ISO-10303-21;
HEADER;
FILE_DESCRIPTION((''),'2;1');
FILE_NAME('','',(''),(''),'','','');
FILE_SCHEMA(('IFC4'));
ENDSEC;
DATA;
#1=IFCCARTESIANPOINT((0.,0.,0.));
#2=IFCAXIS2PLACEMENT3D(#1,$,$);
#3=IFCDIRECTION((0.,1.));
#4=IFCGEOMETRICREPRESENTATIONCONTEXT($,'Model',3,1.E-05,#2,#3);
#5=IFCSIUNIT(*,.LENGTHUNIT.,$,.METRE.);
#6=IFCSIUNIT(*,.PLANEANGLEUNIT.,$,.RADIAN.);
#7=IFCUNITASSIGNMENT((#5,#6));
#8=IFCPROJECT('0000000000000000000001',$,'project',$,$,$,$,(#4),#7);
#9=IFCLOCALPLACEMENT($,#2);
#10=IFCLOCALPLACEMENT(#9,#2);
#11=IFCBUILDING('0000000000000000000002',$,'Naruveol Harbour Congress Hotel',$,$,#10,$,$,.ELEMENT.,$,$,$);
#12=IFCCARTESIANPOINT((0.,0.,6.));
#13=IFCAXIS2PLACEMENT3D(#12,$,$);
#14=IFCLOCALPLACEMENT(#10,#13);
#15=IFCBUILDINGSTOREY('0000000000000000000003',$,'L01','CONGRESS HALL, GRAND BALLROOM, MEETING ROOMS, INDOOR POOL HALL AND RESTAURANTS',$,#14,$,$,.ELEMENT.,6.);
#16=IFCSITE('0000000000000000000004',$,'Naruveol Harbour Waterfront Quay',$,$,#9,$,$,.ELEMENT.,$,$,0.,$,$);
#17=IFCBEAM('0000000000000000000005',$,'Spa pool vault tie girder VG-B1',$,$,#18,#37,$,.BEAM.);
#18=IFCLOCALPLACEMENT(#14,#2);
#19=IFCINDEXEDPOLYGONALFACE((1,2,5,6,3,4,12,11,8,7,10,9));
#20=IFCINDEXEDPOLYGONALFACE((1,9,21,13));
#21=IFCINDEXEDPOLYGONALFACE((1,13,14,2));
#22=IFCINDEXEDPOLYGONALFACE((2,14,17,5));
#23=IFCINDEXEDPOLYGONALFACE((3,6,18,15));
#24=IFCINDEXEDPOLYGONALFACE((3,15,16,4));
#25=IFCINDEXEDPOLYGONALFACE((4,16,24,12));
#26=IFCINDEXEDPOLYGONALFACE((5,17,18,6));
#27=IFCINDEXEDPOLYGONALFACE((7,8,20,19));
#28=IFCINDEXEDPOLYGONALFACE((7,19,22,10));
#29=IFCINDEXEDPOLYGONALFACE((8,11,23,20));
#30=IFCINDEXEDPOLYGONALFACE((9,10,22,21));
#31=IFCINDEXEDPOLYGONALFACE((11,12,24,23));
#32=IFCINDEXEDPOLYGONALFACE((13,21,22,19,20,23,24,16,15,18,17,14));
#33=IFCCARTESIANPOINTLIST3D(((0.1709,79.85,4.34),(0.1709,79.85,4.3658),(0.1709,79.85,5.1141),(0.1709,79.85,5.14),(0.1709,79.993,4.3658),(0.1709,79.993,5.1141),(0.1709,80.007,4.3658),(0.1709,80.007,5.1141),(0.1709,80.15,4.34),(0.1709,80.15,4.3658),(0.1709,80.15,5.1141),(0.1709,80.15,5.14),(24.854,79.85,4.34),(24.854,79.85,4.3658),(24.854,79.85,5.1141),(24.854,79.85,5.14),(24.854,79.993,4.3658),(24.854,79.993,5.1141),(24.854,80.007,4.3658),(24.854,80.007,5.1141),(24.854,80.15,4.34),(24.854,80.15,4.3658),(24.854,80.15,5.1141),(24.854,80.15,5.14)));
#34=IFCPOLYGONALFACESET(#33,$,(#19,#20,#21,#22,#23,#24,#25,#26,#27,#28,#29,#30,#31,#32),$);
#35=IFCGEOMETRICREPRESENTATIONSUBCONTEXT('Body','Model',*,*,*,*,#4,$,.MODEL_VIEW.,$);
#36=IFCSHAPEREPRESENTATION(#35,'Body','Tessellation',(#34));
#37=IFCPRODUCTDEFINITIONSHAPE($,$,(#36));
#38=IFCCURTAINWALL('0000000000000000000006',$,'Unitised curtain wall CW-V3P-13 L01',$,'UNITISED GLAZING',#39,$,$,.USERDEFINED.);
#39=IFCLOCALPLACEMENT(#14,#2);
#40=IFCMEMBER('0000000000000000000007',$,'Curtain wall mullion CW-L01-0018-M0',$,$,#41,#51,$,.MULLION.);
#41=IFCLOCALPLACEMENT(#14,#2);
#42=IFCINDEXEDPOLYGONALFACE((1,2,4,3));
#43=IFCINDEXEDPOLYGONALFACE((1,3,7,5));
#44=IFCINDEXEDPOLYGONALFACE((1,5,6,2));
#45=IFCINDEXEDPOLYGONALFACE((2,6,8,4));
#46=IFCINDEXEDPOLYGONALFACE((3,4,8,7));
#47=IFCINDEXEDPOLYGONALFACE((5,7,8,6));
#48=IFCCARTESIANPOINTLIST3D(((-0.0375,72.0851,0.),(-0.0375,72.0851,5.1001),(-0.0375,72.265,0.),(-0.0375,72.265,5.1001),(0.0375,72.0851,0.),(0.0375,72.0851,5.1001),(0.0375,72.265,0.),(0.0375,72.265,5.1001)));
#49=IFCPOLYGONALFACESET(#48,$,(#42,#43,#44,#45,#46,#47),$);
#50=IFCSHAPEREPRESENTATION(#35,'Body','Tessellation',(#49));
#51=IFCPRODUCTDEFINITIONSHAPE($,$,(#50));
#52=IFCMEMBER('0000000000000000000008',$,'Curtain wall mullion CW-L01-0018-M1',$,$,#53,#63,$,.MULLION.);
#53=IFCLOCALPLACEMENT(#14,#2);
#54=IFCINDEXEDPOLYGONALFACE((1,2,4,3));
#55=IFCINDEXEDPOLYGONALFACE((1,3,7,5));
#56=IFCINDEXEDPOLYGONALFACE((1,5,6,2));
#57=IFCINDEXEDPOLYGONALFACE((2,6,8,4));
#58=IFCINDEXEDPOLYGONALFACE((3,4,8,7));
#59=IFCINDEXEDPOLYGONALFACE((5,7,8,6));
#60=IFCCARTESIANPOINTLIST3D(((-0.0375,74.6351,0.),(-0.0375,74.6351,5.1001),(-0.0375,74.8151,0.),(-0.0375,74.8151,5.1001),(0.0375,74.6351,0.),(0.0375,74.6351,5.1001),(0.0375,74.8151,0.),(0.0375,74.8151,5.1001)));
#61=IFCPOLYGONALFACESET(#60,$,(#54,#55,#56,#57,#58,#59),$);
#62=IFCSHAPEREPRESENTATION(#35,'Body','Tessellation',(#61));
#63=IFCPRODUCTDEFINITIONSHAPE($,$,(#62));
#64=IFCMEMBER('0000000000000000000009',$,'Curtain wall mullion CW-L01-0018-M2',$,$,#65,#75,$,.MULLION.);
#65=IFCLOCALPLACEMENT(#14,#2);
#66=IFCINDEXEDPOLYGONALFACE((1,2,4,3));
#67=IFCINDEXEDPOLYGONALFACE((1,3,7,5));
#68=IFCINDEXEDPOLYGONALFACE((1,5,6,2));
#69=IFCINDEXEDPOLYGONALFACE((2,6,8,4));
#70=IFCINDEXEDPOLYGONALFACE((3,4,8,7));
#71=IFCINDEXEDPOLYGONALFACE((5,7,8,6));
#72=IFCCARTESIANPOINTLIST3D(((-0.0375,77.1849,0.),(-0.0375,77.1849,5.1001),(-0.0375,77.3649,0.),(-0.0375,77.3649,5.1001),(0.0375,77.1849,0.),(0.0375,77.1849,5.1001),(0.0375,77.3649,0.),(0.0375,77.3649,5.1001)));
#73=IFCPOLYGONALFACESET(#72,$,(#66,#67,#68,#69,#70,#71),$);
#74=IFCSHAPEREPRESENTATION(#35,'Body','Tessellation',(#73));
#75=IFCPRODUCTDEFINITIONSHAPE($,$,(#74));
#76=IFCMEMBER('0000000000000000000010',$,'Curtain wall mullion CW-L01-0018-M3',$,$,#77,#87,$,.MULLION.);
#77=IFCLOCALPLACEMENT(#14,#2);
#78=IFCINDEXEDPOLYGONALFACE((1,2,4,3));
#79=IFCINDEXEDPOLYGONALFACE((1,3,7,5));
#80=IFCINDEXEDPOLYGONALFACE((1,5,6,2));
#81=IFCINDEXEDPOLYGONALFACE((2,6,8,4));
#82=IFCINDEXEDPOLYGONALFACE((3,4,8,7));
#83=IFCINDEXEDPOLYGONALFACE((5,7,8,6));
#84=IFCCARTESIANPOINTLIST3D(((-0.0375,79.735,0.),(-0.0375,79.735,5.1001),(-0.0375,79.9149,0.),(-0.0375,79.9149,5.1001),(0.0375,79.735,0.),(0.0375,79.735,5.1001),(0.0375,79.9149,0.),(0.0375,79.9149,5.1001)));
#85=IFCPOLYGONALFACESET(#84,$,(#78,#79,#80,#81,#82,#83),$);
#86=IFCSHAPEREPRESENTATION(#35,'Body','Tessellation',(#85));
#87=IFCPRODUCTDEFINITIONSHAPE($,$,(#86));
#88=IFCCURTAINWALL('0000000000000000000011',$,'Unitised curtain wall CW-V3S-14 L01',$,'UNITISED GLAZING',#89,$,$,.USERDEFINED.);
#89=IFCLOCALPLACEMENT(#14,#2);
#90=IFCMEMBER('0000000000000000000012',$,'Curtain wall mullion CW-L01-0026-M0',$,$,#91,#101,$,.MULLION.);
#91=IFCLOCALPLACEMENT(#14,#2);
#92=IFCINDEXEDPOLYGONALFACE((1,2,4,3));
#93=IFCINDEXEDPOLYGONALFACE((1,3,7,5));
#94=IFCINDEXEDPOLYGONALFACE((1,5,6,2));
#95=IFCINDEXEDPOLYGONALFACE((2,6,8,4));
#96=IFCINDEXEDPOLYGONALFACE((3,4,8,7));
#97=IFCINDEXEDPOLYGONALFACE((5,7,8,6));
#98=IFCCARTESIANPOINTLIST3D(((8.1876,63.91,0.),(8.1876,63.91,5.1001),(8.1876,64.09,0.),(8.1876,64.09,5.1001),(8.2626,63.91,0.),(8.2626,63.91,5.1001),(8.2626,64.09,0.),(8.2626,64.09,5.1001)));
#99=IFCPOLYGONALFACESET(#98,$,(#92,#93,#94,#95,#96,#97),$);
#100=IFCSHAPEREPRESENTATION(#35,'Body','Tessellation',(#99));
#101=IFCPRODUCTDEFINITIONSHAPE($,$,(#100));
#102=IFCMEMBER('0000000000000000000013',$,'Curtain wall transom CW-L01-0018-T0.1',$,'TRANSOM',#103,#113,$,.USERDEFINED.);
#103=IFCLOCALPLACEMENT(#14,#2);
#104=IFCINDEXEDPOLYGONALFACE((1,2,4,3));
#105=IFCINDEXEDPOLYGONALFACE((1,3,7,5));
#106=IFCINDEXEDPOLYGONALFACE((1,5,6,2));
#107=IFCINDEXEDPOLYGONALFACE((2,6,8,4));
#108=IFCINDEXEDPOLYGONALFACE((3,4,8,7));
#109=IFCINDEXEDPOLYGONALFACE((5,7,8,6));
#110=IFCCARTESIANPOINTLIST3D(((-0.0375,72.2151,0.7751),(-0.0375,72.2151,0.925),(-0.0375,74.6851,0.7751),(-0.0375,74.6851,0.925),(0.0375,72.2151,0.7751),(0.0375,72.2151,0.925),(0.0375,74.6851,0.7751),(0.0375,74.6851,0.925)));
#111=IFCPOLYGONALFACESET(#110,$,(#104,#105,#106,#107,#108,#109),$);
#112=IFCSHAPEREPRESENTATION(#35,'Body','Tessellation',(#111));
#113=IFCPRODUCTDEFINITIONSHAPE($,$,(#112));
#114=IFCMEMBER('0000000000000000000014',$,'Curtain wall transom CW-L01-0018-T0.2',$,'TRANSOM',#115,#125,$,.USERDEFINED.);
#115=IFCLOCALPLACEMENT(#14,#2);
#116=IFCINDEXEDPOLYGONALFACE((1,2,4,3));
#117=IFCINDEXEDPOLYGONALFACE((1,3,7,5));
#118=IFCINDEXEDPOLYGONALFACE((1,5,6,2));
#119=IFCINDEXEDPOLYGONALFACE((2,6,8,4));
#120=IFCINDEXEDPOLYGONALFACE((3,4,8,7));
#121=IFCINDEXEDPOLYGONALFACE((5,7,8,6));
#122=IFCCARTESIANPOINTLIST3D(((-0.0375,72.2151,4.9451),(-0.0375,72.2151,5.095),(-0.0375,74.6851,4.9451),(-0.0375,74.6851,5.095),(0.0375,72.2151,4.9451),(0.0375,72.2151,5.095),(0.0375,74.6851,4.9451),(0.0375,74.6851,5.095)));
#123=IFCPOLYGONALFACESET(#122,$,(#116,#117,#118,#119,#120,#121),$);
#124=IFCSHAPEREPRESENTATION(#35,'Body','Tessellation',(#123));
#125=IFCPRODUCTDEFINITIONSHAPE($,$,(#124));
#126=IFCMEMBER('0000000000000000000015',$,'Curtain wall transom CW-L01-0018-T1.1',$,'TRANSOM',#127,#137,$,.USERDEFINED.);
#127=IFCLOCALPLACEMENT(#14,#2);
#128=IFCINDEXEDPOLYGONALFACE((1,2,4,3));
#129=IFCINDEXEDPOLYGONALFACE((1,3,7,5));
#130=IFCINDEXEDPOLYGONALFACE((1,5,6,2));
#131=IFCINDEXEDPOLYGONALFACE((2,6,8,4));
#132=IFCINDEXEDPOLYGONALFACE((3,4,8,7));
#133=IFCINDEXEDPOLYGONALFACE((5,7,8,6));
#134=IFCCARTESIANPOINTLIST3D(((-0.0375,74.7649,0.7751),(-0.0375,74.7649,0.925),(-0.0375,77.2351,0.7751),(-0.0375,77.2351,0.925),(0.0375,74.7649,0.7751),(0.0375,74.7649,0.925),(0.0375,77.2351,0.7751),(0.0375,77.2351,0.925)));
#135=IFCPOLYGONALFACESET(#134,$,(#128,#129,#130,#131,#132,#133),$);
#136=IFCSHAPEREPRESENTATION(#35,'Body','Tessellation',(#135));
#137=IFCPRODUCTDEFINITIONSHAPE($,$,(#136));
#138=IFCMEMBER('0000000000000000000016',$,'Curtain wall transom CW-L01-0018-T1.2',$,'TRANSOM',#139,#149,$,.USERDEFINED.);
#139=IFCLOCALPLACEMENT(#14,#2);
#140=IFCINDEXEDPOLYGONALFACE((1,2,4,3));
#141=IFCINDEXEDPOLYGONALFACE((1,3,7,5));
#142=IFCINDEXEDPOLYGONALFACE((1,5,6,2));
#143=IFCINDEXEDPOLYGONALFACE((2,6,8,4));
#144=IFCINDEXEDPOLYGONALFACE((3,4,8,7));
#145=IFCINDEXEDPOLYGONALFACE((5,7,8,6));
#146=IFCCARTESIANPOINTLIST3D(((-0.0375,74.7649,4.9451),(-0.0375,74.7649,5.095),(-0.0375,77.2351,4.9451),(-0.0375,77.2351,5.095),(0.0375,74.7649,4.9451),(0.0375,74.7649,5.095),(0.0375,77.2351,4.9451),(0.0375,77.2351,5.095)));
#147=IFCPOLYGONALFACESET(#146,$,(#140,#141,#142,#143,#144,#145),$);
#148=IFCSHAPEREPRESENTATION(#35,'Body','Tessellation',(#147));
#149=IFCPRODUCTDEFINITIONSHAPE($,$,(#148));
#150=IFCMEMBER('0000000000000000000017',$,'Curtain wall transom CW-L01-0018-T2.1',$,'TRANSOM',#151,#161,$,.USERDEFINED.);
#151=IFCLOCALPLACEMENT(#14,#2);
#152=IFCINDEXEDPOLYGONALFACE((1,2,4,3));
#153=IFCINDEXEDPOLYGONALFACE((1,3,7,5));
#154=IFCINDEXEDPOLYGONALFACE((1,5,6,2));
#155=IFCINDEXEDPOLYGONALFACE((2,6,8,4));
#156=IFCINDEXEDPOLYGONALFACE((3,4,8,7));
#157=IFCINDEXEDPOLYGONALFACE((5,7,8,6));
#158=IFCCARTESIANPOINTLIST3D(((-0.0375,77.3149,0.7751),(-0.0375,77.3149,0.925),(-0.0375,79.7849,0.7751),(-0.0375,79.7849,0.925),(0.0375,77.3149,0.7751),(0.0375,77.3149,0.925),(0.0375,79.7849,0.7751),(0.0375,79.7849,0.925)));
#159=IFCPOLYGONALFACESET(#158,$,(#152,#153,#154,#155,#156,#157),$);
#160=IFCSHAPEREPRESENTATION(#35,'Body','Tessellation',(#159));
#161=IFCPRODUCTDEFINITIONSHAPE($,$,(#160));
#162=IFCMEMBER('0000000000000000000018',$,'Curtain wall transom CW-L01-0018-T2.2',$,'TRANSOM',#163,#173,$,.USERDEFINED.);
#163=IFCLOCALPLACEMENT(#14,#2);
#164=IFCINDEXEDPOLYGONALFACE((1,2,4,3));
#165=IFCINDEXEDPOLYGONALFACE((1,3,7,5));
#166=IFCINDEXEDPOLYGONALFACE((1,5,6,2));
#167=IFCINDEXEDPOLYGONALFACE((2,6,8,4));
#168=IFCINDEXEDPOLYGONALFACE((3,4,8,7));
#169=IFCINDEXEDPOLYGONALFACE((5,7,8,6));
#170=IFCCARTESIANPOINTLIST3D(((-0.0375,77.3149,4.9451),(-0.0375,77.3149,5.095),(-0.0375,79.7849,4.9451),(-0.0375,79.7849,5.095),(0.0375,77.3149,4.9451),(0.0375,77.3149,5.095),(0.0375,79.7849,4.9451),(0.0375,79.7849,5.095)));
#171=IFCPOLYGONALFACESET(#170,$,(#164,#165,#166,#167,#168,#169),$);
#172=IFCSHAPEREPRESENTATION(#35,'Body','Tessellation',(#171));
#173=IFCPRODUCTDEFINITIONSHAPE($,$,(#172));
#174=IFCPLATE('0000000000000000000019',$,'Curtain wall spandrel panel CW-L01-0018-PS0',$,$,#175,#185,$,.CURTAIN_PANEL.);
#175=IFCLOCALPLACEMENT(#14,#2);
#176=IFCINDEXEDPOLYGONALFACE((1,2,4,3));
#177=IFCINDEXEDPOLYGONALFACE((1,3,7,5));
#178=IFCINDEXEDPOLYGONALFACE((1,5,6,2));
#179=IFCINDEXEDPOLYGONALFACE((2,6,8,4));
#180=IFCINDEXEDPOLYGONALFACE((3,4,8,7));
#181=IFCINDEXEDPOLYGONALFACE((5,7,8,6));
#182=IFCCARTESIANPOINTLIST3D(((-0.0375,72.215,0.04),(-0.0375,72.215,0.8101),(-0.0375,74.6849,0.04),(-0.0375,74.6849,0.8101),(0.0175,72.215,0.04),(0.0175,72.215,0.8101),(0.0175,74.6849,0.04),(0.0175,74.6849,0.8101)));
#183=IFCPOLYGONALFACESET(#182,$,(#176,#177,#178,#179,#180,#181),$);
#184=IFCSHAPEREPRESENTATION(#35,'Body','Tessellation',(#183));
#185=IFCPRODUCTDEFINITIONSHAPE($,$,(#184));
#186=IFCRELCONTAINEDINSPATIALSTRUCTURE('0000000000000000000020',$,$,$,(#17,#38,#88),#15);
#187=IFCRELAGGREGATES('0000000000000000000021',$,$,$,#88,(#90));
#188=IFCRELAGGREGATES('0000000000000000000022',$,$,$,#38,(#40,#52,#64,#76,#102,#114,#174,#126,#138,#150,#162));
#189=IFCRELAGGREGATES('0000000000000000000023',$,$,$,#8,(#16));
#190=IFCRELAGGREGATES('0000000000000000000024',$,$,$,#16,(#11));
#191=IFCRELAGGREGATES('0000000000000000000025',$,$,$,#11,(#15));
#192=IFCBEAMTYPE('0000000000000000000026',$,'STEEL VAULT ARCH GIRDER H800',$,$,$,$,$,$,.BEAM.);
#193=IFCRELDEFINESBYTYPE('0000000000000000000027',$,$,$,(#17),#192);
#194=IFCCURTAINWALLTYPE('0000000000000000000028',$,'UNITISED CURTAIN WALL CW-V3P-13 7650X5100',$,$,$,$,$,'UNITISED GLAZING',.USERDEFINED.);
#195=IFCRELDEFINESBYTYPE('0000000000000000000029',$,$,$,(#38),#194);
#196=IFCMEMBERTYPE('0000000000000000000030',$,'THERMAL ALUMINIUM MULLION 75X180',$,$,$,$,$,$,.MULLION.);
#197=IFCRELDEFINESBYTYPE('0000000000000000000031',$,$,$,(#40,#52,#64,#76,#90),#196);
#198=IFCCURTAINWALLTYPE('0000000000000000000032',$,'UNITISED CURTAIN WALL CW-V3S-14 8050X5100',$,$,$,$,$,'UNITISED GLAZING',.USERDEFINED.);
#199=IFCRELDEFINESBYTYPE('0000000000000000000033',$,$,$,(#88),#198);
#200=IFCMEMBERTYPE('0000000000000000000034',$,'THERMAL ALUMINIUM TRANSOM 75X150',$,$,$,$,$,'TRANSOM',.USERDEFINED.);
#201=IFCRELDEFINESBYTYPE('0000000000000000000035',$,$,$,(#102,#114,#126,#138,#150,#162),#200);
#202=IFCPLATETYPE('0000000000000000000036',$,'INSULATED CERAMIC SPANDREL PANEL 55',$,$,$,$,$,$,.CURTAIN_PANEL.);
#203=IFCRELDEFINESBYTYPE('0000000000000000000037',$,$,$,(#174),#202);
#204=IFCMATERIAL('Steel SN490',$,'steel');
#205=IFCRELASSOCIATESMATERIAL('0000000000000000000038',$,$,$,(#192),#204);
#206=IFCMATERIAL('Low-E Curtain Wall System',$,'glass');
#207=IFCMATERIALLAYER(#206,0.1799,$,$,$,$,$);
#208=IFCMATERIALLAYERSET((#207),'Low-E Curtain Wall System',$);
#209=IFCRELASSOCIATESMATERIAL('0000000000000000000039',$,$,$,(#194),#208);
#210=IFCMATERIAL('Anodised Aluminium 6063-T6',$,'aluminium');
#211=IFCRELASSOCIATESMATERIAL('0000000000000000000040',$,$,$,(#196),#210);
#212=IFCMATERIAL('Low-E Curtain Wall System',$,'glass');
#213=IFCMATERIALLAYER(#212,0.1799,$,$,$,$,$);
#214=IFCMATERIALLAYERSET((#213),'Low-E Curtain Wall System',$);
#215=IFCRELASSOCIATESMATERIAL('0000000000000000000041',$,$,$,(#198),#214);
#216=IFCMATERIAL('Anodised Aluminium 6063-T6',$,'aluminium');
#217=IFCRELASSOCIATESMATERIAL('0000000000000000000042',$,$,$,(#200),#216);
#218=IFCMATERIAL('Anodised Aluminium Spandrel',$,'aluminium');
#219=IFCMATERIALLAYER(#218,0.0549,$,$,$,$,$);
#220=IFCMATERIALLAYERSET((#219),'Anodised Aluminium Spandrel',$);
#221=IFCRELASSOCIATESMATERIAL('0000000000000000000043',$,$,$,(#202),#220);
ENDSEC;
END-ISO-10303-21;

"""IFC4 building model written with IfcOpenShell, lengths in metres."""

from ifc_helpers import new_model, si_unit, direction, frame, origin, origin_2d, place, context, subcontext, project, spatial, rectangle, i_section, extrude, material, layer, layer_set, material_profile, profile_set, type_object, element, aggregate, save


model = new_model("IFC4")

# Units and contexts
model_context = context("Model", 3, precision=1e-05, world=origin(), true_north=direction((0.0, 1.0)))
body_context = subcontext(model_context, "Body", "Model", "MODEL_VIEW")
ifc_project = project(units=[si_unit("LENGTHUNIT", "METRE"), si_unit("PLANEANGLEUNIT", "RADIAN")], contexts=[model_context])

# Site, building, storey
site_placement = place(None, origin())
site = spatial("IfcSite", under=ifc_project, at=site_placement, Name="Naruveol Harbour Waterfront Quay", CompositionType="ELEMENT", RefElevation=0.0)
building_placement = place(site_placement, origin())
building = spatial("IfcBuilding", under=site, at=building_placement, Name="Naruveol Harbour Congress Hotel", CompositionType="ELEMENT")
storey_placement = place(building_placement, frame((0.0, 0.0, 6.0)))
storey = spatial("IfcBuildingStorey", under=building, at=storey_placement, Name="L01", Description="CONGRESS HALL, GRAND BALLROOM, MEETING ROOMS, INDOOR POOL HALL AND RESTAURANTS", CompositionType="ELEMENT", Elevation=6.0)

# Beam
ifc_material_1 = material(Name="Steel SN490", Category="steel")
ifc_material_profile_1 = material_profile(ifc_material_1, i_section(OverallWidth=0.3, OverallDepth=0.8, WebThickness=0.0139, FlangeThickness=0.0259, at=origin_2d()), Name="H-800x300x14x26")
ifc_profile_set_1 = profile_set([ifc_material_profile_1], Name="Steel SN490")
beam_type_1 = type_object("IfcBeamType", Name="STEEL VAULT ARCH GIRDER H800", PredefinedType="BEAM", material=ifc_profile_set_1)
for number, where, z_axis, x_axis, name in (
    (1, (0.1709, 80.0, 4.74), (1.0, 0.0, 0.0), (0.0, 1.0, 0.0), "Spa pool vault tie girder VG-B1"),
):
    element("IfcBeam", number, at=place(storey_placement, frame(where, z_axis=z_axis, x_axis=x_axis)), inside=storey, type_object=beam_type_1, Name=name, PredefinedType="BEAM", context=body_context, shape_type="SweptSolid", body=[
        extrude(i_section(OverallWidth=0.3, OverallDepth=0.8, WebThickness=0.0139, FlangeThickness=0.0259, at=origin_2d()), origin(), (0.0, 0.0, 1.0), 24.6831),
    ])

# Curtain wall, members
ifc_material_2 = material(Name="Low-E Curtain Wall System", Category="glass")
ifc_layer_1 = layer(ifc_material_2, 0.1799)
ifc_layer_set_1 = layer_set([ifc_layer_1], Name="Low-E Curtain Wall System")
curtain_wall_type_1 = type_object("IfcCurtainWallType", Name="UNITISED CURTAIN WALL CW-V3P-13 7650X5100", ElementType="UNITISED GLAZING", PredefinedType="USERDEFINED", material=ifc_layer_set_1)
curtain_wall_1_placement = place(storey_placement, origin())
curtain_wall_1 = element("IfcCurtainWall", 2, at=curtain_wall_1_placement, inside=storey, type_object=curtain_wall_type_1, Name="Unitised curtain wall CW-V3P-13 L01", ObjectType="UNITISED GLAZING", PredefinedType="USERDEFINED")
ifc_material_3 = material(Name="Anodised Aluminium 6063-T6", Category="aluminium")
ifc_material_profile_2 = material_profile(ifc_material_3, rectangle(XDim=0.075, YDim=0.1799, at=origin_2d()), Name="ALU-75x180")
ifc_profile_set_2 = profile_set([ifc_material_profile_2], Name="Anodised Aluminium 6063-T6")
member_type_1 = type_object("IfcMemberType", Name="THERMAL ALUMINIUM MULLION 75X180", PredefinedType="MULLION", material=ifc_profile_set_2)
member_1_placement = place(storey_placement, frame((0.0, 72.175, 0.0), z_axis=(0.0, 0.0, 1.0), x_axis=(1.0, 0.0, 0.0)))
member_1 = element("IfcMember", 3, at=member_1_placement, type_object=member_type_1, Name="Curtain wall mullion CW-L01-0018-M0", PredefinedType="MULLION", context=body_context, shape_type="SweptSolid", body=[
    extrude(rectangle(XDim=0.075, YDim=0.1799, at=origin_2d()), origin(), (0.0, 0.0, 1.0), 5.1001),
])
member_2_placement = place(storey_placement, frame((0.0, 74.7251, 0.0), z_axis=(0.0, 0.0, 1.0), x_axis=(1.0, 0.0, 0.0)))
member_2 = element("IfcMember", 4, at=member_2_placement, type_object=member_type_1, Name="Curtain wall mullion CW-L01-0018-M1", PredefinedType="MULLION", context=body_context, shape_type="SweptSolid", body=[
    extrude(rectangle(XDim=0.075, YDim=0.1799, at=origin_2d()), origin(), (0.0, 0.0, 1.0), 5.1001),
])
member_3_placement = place(storey_placement, frame((0.0, 77.2749, 0.0), z_axis=(0.0, 0.0, 1.0), x_axis=(1.0, 0.0, 0.0)))
member_3 = element("IfcMember", 5, at=member_3_placement, type_object=member_type_1, Name="Curtain wall mullion CW-L01-0018-M2", PredefinedType="MULLION", context=body_context, shape_type="SweptSolid", body=[
    extrude(rectangle(XDim=0.075, YDim=0.1799, at=origin_2d()), origin(), (0.0, 0.0, 1.0), 5.1001),
])
member_4_placement = place(storey_placement, frame((0.0, 79.825, 0.0), z_axis=(0.0, 0.0, 1.0), x_axis=(1.0, 0.0, 0.0)))
member_4 = element("IfcMember", 6, at=member_4_placement, type_object=member_type_1, Name="Curtain wall mullion CW-L01-0018-M3", PredefinedType="MULLION", context=body_context, shape_type="SweptSolid", body=[
    extrude(rectangle(XDim=0.075, YDim=0.1799, at=origin_2d()), origin(), (0.0, 0.0, 1.0), 5.1001),
])

# Curtain wall, member
ifc_material_4 = material(Name="Low-E Curtain Wall System", Category="glass")
ifc_layer_2 = layer(ifc_material_4, 0.1799)
ifc_layer_set_2 = layer_set([ifc_layer_2], Name="Low-E Curtain Wall System")
curtain_wall_type_2 = type_object("IfcCurtainWallType", Name="UNITISED CURTAIN WALL CW-V3S-14 8050X5100", ElementType="UNITISED GLAZING", PredefinedType="USERDEFINED", material=ifc_layer_set_2)
curtain_wall_2_placement = place(storey_placement, origin())
curtain_wall_2 = element("IfcCurtainWall", 7, at=curtain_wall_2_placement, inside=storey, type_object=curtain_wall_type_2, Name="Unitised curtain wall CW-V3S-14 L01", ObjectType="UNITISED GLAZING", PredefinedType="USERDEFINED")
member_5_placement = place(storey_placement, frame((8.2251, 64.0, 0.0), z_axis=(0.0, 0.0, 1.0), x_axis=(1.0, 0.0, 0.0)))
member_5 = element("IfcMember", 8, at=member_5_placement, type_object=member_type_1, Name="Curtain wall mullion CW-L01-0026-M0", PredefinedType="MULLION", context=body_context, shape_type="SweptSolid", body=[
    extrude(rectangle(XDim=0.075, YDim=0.1799, at=origin_2d()), origin(), (0.0, 0.0, 1.0), 5.1001),
])
aggregate(curtain_wall_2, [member_5])

# Members
ifc_material_5 = material(Name="Anodised Aluminium 6063-T6", Category="aluminium")
ifc_material_profile_3 = material_profile(ifc_material_5, rectangle(XDim=0.075, YDim=0.1499, at=origin_2d()), Name="ALU-75x150")
ifc_profile_set_3 = profile_set([ifc_material_profile_3], Name="Anodised Aluminium 6063-T6")
member_type_2 = type_object("IfcMemberType", Name="THERMAL ALUMINIUM TRANSOM 75X150", ElementType="TRANSOM", PredefinedType="USERDEFINED", material=ifc_profile_set_3)
member_6_placement = place(storey_placement, frame((0.0, 72.2151, 0.8501), z_axis=(0.0, 1.0, 0.0), x_axis=(-1.0, 0.0, 0.0)))
member_6 = element("IfcMember", 9, at=member_6_placement, type_object=member_type_2, Name="Curtain wall transom CW-L01-0018-T0.1", ObjectType="TRANSOM", PredefinedType="USERDEFINED", context=body_context, shape_type="SweptSolid", body=[
    extrude(rectangle(XDim=0.075, YDim=0.1499, at=origin_2d()), origin(), (0.0, 0.0, 1.0), 2.47),
])
member_7_placement = place(storey_placement, frame((0.0, 72.2151, 5.02), z_axis=(0.0, 1.0, 0.0), x_axis=(-1.0, 0.0, 0.0)))
member_7 = element("IfcMember", 10, at=member_7_placement, type_object=member_type_2, Name="Curtain wall transom CW-L01-0018-T0.2", ObjectType="TRANSOM", PredefinedType="USERDEFINED", context=body_context, shape_type="SweptSolid", body=[
    extrude(rectangle(XDim=0.075, YDim=0.1499, at=origin_2d()), origin(), (0.0, 0.0, 1.0), 2.47),
])
member_8_placement = place(storey_placement, frame((0.0, 74.7649, 0.8501), z_axis=(0.0, 1.0, 0.0), x_axis=(-1.0, 0.0, 0.0)))
member_8 = element("IfcMember", 11, at=member_8_placement, type_object=member_type_2, Name="Curtain wall transom CW-L01-0018-T1.1", ObjectType="TRANSOM", PredefinedType="USERDEFINED", context=body_context, shape_type="SweptSolid", body=[
    extrude(rectangle(XDim=0.075, YDim=0.1499, at=origin_2d()), origin(), (0.0, 0.0, 1.0), 2.4702),
])
member_9_placement = place(storey_placement, frame((0.0, 74.7649, 5.02), z_axis=(0.0, 1.0, 0.0), x_axis=(-1.0, 0.0, 0.0)))
member_9 = element("IfcMember", 12, at=member_9_placement, type_object=member_type_2, Name="Curtain wall transom CW-L01-0018-T1.2", ObjectType="TRANSOM", PredefinedType="USERDEFINED", context=body_context, shape_type="SweptSolid", body=[
    extrude(rectangle(XDim=0.075, YDim=0.1499, at=origin_2d()), origin(), (0.0, 0.0, 1.0), 2.4702),
])
member_10_placement = place(storey_placement, frame((0.0, 77.3149, 0.8501), z_axis=(0.0, 1.0, 0.0), x_axis=(-1.0, 0.0, 0.0)))
member_10 = element("IfcMember", 13, at=member_10_placement, type_object=member_type_2, Name="Curtain wall transom CW-L01-0018-T2.1", ObjectType="TRANSOM", PredefinedType="USERDEFINED", context=body_context, shape_type="SweptSolid", body=[
    extrude(rectangle(XDim=0.075, YDim=0.1499, at=origin_2d()), origin(), (0.0, 0.0, 1.0), 2.47),
])
member_11_placement = place(storey_placement, frame((0.0, 77.3149, 5.02), z_axis=(0.0, 1.0, 0.0), x_axis=(-1.0, 0.0, 0.0)))
member_11 = element("IfcMember", 14, at=member_11_placement, type_object=member_type_2, Name="Curtain wall transom CW-L01-0018-T2.2", ObjectType="TRANSOM", PredefinedType="USERDEFINED", context=body_context, shape_type="SweptSolid", body=[
    extrude(rectangle(XDim=0.075, YDim=0.1499, at=origin_2d()), origin(), (0.0, 0.0, 1.0), 2.47),
])

# Plate
ifc_material_6 = material(Name="Anodised Aluminium Spandrel", Category="aluminium")
ifc_layer_3 = layer(ifc_material_6, 0.0549)
ifc_layer_set_3 = layer_set([ifc_layer_3], Name="Anodised Aluminium Spandrel")
plate_type_1 = type_object("IfcPlateType", Name="INSULATED CERAMIC SPANDREL PANEL 55", PredefinedType="CURTAIN_PANEL", material=ifc_layer_set_3)
plate_1_placement = place(storey_placement, frame((-0.01, 73.45, 0.04), z_axis=(0.0, 0.0, 1.0), x_axis=(0.0, 1.0, 0.0)))
plate_1 = element("IfcPlate", 15, at=plate_1_placement, type_object=plate_type_1, Name="Curtain wall spandrel panel CW-L01-0018-PS0", PredefinedType="CURTAIN_PANEL", context=body_context, shape_type="SweptSolid", body=[
    extrude(rectangle(XDim=2.47, YDim=0.0549, at=origin_2d()), origin(), (0.0, 0.0, 1.0), 0.77),
])
aggregate(curtain_wall_1, [member_1, member_2, member_3, member_4, member_6, member_7, plate_1, member_8, member_9, member_10, member_11])

save(model, "model.ifc")
